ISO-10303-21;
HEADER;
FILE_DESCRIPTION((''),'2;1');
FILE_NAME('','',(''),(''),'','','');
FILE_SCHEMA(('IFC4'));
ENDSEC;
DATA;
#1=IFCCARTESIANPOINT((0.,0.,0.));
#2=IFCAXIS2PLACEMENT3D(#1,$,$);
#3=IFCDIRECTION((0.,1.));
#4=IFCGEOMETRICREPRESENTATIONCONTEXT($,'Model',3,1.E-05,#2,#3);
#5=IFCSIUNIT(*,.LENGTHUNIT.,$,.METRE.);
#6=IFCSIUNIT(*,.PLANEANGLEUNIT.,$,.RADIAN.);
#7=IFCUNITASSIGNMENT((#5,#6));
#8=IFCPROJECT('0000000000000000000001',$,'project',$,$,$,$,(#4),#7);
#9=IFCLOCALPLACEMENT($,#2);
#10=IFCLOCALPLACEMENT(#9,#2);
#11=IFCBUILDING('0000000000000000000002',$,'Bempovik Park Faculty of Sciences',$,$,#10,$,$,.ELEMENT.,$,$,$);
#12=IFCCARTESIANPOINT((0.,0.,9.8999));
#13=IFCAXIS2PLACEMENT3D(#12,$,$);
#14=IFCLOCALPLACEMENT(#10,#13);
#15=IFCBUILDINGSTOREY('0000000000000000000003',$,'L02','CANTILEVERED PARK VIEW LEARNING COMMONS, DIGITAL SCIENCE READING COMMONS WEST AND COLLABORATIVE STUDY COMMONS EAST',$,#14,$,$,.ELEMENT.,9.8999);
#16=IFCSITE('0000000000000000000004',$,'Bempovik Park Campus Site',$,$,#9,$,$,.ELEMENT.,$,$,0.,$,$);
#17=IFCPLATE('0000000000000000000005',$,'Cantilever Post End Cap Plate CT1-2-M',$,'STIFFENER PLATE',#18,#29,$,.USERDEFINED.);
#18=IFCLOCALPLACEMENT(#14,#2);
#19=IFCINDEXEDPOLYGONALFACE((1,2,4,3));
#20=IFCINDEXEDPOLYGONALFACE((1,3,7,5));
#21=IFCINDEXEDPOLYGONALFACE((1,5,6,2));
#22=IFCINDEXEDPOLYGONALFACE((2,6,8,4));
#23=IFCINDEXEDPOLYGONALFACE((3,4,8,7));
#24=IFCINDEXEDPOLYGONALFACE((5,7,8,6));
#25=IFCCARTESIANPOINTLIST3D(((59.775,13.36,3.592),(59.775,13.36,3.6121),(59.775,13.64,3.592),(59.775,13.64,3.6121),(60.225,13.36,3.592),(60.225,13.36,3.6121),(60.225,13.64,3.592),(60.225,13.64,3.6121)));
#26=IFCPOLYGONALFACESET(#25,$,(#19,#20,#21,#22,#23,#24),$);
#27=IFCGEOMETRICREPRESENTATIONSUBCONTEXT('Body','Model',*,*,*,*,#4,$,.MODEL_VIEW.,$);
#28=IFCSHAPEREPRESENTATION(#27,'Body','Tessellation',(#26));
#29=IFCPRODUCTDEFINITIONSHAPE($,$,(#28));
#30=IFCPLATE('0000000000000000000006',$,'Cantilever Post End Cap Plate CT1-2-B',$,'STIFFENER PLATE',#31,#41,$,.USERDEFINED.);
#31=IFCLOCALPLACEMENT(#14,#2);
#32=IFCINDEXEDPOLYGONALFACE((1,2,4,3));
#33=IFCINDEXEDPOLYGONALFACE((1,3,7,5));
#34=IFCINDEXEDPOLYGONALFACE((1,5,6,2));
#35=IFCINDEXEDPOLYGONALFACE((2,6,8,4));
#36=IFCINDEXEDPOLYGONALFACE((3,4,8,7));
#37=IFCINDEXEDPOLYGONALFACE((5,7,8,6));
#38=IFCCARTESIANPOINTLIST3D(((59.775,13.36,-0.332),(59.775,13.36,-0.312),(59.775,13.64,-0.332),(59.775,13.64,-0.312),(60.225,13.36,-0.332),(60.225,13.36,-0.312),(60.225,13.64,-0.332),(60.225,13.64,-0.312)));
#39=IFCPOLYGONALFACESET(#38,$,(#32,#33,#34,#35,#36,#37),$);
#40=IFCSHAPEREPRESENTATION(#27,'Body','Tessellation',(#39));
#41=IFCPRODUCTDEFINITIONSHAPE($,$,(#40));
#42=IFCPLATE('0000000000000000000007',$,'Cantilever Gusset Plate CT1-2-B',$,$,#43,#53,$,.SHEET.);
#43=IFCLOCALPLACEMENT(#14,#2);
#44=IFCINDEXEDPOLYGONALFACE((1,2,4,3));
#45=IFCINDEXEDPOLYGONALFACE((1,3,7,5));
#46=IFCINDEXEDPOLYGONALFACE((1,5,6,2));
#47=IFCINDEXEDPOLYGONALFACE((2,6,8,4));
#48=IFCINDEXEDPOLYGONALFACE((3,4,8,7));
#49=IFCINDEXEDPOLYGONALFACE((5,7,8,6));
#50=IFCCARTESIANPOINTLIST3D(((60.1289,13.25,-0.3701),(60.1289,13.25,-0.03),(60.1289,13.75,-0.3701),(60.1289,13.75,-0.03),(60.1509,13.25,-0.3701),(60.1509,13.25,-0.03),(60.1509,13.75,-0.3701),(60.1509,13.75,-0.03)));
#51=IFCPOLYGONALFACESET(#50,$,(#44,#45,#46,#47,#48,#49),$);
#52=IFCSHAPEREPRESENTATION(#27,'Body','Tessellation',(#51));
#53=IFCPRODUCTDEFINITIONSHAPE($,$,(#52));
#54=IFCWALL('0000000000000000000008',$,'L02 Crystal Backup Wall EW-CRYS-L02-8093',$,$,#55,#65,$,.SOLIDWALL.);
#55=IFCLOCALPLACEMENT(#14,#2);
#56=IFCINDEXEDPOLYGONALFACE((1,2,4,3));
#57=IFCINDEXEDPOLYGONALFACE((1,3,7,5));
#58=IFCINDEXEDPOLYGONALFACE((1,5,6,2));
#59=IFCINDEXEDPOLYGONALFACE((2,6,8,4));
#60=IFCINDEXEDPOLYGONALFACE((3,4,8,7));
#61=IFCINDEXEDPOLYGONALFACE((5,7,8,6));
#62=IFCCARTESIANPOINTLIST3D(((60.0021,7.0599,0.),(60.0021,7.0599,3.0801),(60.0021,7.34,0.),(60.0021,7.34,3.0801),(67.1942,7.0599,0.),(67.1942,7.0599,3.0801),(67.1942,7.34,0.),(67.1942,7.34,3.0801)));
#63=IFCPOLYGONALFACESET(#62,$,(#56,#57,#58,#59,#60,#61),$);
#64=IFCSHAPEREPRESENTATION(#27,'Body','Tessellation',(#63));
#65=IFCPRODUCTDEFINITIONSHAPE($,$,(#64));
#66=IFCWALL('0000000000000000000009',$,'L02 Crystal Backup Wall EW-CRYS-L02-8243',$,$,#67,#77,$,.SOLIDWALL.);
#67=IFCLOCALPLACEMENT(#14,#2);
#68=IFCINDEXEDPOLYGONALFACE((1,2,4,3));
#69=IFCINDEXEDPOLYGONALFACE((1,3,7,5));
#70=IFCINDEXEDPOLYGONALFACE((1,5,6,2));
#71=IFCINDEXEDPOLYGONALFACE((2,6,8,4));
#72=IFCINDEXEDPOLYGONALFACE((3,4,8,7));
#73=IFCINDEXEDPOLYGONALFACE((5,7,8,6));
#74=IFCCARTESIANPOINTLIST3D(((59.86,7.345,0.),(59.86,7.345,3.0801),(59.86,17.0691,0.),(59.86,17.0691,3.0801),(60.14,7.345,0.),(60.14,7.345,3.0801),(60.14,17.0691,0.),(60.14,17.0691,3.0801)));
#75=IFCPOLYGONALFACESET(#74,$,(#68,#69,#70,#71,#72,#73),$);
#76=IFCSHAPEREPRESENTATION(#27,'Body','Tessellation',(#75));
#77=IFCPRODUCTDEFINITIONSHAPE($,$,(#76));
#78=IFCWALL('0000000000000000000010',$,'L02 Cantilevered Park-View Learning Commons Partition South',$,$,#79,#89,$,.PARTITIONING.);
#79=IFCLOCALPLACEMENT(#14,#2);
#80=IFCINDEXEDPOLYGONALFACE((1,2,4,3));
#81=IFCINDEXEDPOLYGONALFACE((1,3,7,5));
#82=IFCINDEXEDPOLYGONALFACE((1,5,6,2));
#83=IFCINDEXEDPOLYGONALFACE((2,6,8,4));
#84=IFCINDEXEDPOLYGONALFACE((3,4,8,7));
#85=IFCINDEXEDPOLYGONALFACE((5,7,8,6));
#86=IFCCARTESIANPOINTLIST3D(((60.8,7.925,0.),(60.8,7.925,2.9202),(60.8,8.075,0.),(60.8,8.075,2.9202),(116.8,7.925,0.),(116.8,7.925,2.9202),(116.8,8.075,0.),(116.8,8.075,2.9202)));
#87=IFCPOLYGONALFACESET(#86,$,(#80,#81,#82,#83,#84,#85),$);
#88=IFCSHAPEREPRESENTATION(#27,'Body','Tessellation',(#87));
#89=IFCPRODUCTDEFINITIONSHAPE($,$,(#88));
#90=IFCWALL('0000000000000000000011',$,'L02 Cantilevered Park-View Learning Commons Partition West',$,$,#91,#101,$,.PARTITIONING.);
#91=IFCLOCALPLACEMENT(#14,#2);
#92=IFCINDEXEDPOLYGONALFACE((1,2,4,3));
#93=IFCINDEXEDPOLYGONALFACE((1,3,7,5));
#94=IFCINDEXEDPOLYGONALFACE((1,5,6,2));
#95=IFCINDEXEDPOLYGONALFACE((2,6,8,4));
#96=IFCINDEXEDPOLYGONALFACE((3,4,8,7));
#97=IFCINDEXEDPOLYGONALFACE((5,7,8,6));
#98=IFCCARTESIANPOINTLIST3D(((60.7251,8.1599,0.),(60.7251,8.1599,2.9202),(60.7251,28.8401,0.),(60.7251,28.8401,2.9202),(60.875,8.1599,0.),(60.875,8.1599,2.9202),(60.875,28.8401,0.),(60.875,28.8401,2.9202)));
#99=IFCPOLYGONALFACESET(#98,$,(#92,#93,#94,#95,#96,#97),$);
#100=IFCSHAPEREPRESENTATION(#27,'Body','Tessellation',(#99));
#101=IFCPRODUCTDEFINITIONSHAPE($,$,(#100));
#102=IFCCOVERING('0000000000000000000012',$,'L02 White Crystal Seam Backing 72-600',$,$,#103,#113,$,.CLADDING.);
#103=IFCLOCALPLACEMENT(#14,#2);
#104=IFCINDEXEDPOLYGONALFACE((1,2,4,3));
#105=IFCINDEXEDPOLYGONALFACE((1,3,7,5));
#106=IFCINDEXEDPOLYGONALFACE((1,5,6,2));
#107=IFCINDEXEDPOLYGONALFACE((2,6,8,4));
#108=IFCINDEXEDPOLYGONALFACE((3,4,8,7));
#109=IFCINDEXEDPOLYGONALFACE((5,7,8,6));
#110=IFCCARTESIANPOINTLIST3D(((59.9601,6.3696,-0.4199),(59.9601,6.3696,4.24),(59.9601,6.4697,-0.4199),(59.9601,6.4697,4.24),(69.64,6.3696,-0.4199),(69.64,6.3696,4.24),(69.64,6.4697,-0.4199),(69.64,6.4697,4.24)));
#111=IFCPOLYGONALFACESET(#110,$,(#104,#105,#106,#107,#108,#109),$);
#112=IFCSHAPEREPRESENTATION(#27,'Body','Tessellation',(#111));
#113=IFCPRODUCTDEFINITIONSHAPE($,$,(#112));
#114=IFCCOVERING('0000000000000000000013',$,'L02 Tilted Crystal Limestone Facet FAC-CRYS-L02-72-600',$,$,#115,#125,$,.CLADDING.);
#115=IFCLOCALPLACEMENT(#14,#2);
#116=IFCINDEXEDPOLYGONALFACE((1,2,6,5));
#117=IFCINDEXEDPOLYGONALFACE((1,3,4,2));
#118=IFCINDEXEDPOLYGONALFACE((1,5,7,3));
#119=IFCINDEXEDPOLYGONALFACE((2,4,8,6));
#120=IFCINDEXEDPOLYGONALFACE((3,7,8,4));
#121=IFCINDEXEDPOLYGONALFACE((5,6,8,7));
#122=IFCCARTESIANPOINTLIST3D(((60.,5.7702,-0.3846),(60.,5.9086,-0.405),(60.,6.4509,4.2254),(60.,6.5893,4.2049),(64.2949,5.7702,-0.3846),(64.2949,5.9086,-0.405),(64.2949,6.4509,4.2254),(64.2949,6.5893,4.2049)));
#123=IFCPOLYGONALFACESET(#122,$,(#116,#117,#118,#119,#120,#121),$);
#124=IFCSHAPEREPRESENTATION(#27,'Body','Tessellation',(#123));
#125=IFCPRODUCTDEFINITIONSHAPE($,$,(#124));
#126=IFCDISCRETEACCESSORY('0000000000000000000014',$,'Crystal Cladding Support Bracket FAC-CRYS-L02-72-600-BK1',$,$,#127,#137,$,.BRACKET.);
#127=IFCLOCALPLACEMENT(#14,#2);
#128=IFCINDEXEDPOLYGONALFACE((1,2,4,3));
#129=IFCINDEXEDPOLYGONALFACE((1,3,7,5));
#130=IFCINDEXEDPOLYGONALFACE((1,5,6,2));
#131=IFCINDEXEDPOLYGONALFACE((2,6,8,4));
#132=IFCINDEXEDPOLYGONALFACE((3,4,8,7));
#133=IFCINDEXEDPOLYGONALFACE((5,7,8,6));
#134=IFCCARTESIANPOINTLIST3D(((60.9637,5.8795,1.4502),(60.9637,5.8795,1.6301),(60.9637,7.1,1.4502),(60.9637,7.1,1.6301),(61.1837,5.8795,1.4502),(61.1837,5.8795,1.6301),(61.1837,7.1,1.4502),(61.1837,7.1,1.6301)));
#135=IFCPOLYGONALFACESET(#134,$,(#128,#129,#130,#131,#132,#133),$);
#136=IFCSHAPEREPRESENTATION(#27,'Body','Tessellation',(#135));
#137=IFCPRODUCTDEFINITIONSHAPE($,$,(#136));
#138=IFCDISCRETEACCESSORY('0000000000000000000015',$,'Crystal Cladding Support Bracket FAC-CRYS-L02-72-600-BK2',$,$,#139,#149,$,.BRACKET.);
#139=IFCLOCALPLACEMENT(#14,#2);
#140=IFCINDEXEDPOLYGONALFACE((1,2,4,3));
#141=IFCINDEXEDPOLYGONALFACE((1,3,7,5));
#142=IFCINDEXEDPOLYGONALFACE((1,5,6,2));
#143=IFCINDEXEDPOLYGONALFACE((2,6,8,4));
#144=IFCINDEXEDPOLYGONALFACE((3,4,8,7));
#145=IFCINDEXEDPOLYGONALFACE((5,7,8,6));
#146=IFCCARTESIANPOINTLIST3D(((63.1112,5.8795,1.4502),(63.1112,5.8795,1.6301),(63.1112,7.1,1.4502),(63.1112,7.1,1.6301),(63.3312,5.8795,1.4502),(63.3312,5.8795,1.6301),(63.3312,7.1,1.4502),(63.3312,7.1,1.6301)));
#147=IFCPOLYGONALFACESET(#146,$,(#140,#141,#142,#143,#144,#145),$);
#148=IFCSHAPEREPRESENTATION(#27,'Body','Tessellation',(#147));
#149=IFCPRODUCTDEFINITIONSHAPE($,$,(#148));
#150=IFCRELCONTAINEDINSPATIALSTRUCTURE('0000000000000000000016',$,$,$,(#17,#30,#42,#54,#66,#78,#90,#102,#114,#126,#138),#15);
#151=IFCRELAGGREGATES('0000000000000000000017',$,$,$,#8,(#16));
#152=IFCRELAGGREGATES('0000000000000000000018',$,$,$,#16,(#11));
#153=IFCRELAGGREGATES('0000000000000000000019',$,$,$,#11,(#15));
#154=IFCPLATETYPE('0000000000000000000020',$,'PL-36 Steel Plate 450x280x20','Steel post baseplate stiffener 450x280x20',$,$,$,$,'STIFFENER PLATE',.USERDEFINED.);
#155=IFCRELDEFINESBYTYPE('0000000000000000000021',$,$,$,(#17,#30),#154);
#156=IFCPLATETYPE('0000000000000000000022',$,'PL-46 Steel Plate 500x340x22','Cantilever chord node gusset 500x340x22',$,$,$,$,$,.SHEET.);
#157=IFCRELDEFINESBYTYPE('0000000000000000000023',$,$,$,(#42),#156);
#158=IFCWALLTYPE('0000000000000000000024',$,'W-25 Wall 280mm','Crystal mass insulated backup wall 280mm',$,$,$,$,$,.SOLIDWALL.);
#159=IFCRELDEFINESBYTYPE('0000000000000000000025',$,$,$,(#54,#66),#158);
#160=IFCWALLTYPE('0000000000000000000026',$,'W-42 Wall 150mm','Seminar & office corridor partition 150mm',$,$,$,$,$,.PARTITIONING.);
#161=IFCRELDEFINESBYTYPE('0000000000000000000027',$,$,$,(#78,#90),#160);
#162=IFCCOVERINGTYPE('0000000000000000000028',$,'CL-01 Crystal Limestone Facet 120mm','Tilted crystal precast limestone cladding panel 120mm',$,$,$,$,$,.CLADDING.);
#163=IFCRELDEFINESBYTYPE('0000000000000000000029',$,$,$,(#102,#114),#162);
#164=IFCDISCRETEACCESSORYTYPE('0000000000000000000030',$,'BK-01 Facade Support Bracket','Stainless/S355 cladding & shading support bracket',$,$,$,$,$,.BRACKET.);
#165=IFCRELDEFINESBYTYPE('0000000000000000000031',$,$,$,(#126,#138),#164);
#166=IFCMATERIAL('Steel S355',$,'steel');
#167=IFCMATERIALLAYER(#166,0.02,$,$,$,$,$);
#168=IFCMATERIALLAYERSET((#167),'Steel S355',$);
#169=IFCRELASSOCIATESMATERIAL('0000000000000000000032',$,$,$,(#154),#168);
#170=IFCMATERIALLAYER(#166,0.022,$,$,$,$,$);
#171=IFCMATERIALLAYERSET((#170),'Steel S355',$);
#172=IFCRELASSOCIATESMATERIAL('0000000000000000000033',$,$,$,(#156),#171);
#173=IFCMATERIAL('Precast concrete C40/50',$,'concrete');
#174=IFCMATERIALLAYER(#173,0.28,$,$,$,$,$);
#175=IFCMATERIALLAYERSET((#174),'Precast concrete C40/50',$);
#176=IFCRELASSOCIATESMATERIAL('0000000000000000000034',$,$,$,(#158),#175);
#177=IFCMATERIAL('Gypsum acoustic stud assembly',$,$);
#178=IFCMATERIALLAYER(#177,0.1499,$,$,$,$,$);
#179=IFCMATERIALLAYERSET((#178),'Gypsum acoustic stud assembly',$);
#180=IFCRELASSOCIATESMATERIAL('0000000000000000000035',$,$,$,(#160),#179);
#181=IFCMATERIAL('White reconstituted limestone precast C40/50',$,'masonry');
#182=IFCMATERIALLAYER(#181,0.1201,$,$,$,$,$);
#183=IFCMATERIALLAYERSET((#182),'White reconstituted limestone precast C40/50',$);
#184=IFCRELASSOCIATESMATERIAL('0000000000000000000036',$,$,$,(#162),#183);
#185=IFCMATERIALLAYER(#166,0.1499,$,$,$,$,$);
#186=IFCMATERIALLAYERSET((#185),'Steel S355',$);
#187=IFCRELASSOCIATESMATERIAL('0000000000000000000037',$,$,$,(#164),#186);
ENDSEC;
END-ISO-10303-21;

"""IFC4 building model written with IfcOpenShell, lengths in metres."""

from ifc_helpers import new_model, si_unit, direction, frame, frame_2d, origin, origin_2d, place, context, subcontext, project, spatial, rectangle, extrude, material, layer, layer_set, type_object, element, save


model = new_model("IFC4")

# Units and contexts
model_context = context("Model", 3, precision=1e-05, world=origin(), true_north=direction((0.0, 1.0)))
body_context = subcontext(model_context, "Body", "Model", "MODEL_VIEW")
ifc_project = project(units=[si_unit("LENGTHUNIT", "METRE"), si_unit("PLANEANGLEUNIT", "RADIAN")], contexts=[model_context])

# Site, building, storey
site_placement = place(None, origin())
site = spatial("IfcSite", under=ifc_project, at=site_placement, Name="Bempovik Park Campus Site", CompositionType="ELEMENT", RefElevation=0.0)
building_placement = place(site_placement, origin())
building = spatial("IfcBuilding", under=site, at=building_placement, Name="Bempovik Park Faculty of Sciences", CompositionType="ELEMENT")
storey_placement = place(building_placement, frame((0.0, 0.0, 9.8999)))
storey = spatial("IfcBuildingStorey", under=building, at=storey_placement, Name="L02", Description="CANTILEVERED PARK VIEW LEARNING COMMONS, DIGITAL SCIENCE READING COMMONS WEST AND COLLABORATIVE STUDY COMMONS EAST", CompositionType="ELEMENT", Elevation=9.8999)

# Shared definitions
ifc_material_1 = material(Name="Steel S355", Category="steel")

# Plates
ifc_layer_1 = layer(ifc_material_1, 0.02)
ifc_layer_set_1 = layer_set([ifc_layer_1], Name="Steel S355")
plate_type_1 = type_object("IfcPlateType", Name="PL-36 Steel Plate 450x280x20", Description="Steel post baseplate stiffener 450x280x20", ElementType="STIFFENER PLATE", PredefinedType="USERDEFINED", material=ifc_layer_set_1)
for number, where, z_axis, x_axis, name in (
    (1, (60.0, 13.5, 3.592), (0.0, 0.0, 1.0), (1.0, 0.0, 0.0), "Cantilever Post End Cap Plate CT1-2-M"),
    (2, (60.0, 13.5, -0.332), (0.0, 0.0, 1.0), (1.0, 0.0, 0.0), "Cantilever Post End Cap Plate CT1-2-B"),
):
    element("IfcPlate", number, at=place(storey_placement, frame(where, z_axis=z_axis, x_axis=x_axis)), inside=storey, type_object=plate_type_1, Name=name, ObjectType="STIFFENER PLATE", PredefinedType="USERDEFINED", context=body_context, shape_type="SweptSolid", body=[
        extrude(rectangle(XDim=0.45, YDim=0.28, at=origin_2d()), origin(), (0.0, 0.0, 1.0), 0.02),
    ])
ifc_layer_2 = layer(ifc_material_1, 0.022)
ifc_layer_set_2 = layer_set([ifc_layer_2], Name="Steel S355")
plate_type_2 = type_object("IfcPlateType", Name="PL-46 Steel Plate 500x340x22", Description="Cantilever chord node gusset 500x340x22", PredefinedType="SHEET", material=ifc_layer_set_2)
plate_1_placement = place(storey_placement, frame((60.1399, 13.5, -0.3701), z_axis=(0.0, 0.0, 1.0), x_axis=(1.0, 0.0, 0.0)))
element("IfcPlate", 3, at=plate_1_placement, inside=storey, type_object=plate_type_2, Name="Cantilever Gusset Plate CT1-2-B", PredefinedType="SHEET", context=body_context, shape_type="SweptSolid", body=[
    extrude(rectangle(XDim=0.022, YDim=0.5, at=origin_2d()), origin(), (0.0, 0.0, 1.0), 0.3401),
])

# Walls
ifc_material_2 = material(Name="Precast concrete C40/50", Category="concrete")
ifc_layer_3 = layer(ifc_material_2, 0.28)
ifc_layer_set_3 = layer_set([ifc_layer_3], Name="Precast concrete C40/50")
wall_type_1 = type_object("IfcWallType", Name="W-25 Wall 280mm", Description="Crystal mass insulated backup wall 280mm", PredefinedType="SOLIDWALL", material=ifc_layer_set_3)
wall_1_placement = place(storey_placement, frame((60.002, 7.2, 0.0), z_axis=(0.0, 0.0, 1.0), x_axis=(1.0, 0.0, 0.0)))
element("IfcWall", 4, at=wall_1_placement, inside=storey, type_object=wall_type_1, Name="L02 Crystal Backup Wall EW-CRYS-L02-8093", PredefinedType="SOLIDWALL", context=body_context, shape_type="SweptSolid", body=[
    extrude(rectangle(XDim=7.1921, YDim=0.28, at=frame_2d((3.5962, 0.0))), origin(), (0.0, 0.0, 1.0), 3.0801),
])
wall_2_placement = place(storey_placement, frame((60.0, 7.345, 0.0), z_axis=(0.0, 0.0, 1.0), x_axis=(0.0, 1.0, 0.0)))
element("IfcWall", 5, at=wall_2_placement, inside=storey, type_object=wall_type_1, Name="L02 Crystal Backup Wall EW-CRYS-L02-8243", PredefinedType="SOLIDWALL", context=body_context, shape_type="SweptSolid", body=[
    extrude(rectangle(XDim=9.7241, YDim=0.28, at=frame_2d((4.8621, 0.0))), origin(), (0.0, 0.0, 1.0), 3.0801),
])
ifc_material_3 = material(Name="Gypsum acoustic stud assembly")
ifc_layer_4 = layer(ifc_material_3, 0.1499)
ifc_layer_set_4 = layer_set([ifc_layer_4], Name="Gypsum acoustic stud assembly")
wall_type_2 = type_object("IfcWallType", Name="W-42 Wall 150mm", Description="Seminar & office corridor partition 150mm", PredefinedType="PARTITIONING", material=ifc_layer_set_4)
wall_3_placement = place(storey_placement, frame((60.8, 8.0, 0.0), z_axis=(0.0, 0.0, 1.0), x_axis=(1.0, 0.0, 0.0)))
element("IfcWall", 6, at=wall_3_placement, inside=storey, type_object=wall_type_2, Name="L02 Cantilevered Park-View Learning Commons Partition South", PredefinedType="PARTITIONING", context=body_context, shape_type="SweptSolid", body=[
    extrude(rectangle(XDim=56.0, YDim=0.1499, at=frame_2d((28.0, 0.0))), origin(), (0.0, 0.0, 1.0), 2.9202),
])
wall_4_placement = place(storey_placement, frame((60.8, 8.1599, 0.0), z_axis=(0.0, 0.0, 1.0), x_axis=(0.0, 1.0, 0.0)))
element("IfcWall", 7, at=wall_4_placement, inside=storey, type_object=wall_type_2, Name="L02 Cantilevered Park-View Learning Commons Partition West", PredefinedType="PARTITIONING", context=body_context, shape_type="SweptSolid", body=[
    extrude(rectangle(XDim=20.6802, YDim=0.1499, at=frame_2d((10.3401, 0.0))), origin(), (0.0, 0.0, 1.0), 2.9202),
])

# Coverings
ifc_material_4 = material(Name="White reconstituted limestone precast C40/50", Category="masonry")
ifc_layer_5 = layer(ifc_material_4, 0.1201)
ifc_layer_set_5 = layer_set([ifc_layer_5], Name="White reconstituted limestone precast C40/50")
covering_type = type_object("IfcCoveringType", Name="CL-01 Crystal Limestone Facet 120mm", Description="Tilted crystal precast limestone cladding panel 120mm", PredefinedType="CLADDING", material=ifc_layer_set_5)
covering_1_placement = place(storey_placement, frame((64.8, 6.4197, -0.4199), z_axis=(0.0, 0.0, 1.0), x_axis=(1.0, 0.0, 0.0)))
element("IfcCovering", 8, at=covering_1_placement, inside=storey, type_object=covering_type, Name="L02 White Crystal Seam Backing 72-600", PredefinedType="CLADDING", context=body_context, shape_type="SweptSolid", body=[
    extrude(rectangle(XDim=9.6799, YDim=0.1001, at=origin_2d()), origin(), (0.0, 0.0, 1.0), 4.6599),
])
covering_2_placement = place(storey_placement, frame((62.1475, 5.8394, -0.3948), z_axis=(0.0, 0.146083, 0.989272), x_axis=(1.0, 0.0, 0.0)))
element("IfcCovering", 9, at=covering_2_placement, inside=storey, type_object=covering_type, Name="L02 Tilted Crystal Limestone Facet FAC-CRYS-L02-72-600", PredefinedType="CLADDING", context=body_context, shape_type="SweptSolid", body=[
    extrude(rectangle(XDim=4.2949, YDim=0.1399, at=origin_2d()), origin(), (0.0, 0.0, 1.0), 4.6599),
])

# Discrete accessories
ifc_layer_6 = layer(ifc_material_1, 0.1499)
ifc_layer_set_6 = layer_set([ifc_layer_6], Name="Steel S355")
discrete_accessory_type = type_object("IfcDiscreteAccessoryType", Name="BK-01 Facade Support Bracket", Description="Stainless/S355 cladding & shading support bracket", PredefinedType="BRACKET", material=ifc_layer_set_6)
for number, where, z_axis, x_axis, name in (
    (10, (61.0737, 6.4897, 1.4502), (0.0, 0.0, 1.0), (1.0, 0.0, 0.0), "Crystal Cladding Support Bracket FAC-CRYS-L02-72-600-BK1"),
    (11, (63.2212, 6.4897, 1.4502), (0.0, 0.0, 1.0), (1.0, 0.0, 0.0), "Crystal Cladding Support Bracket FAC-CRYS-L02-72-600-BK2"),
):
    element("IfcDiscreteAccessory", number, at=place(storey_placement, frame(where, z_axis=z_axis, x_axis=x_axis)), inside=storey, type_object=discrete_accessory_type, Name=name, PredefinedType="BRACKET", context=body_context, shape_type="SweptSolid", body=[
        extrude(rectangle(XDim=0.22, YDim=1.2205, at=origin_2d()), origin(), (0.0, 0.0, 1.0), 0.1799),
    ])

save(model, "model.ifc")
